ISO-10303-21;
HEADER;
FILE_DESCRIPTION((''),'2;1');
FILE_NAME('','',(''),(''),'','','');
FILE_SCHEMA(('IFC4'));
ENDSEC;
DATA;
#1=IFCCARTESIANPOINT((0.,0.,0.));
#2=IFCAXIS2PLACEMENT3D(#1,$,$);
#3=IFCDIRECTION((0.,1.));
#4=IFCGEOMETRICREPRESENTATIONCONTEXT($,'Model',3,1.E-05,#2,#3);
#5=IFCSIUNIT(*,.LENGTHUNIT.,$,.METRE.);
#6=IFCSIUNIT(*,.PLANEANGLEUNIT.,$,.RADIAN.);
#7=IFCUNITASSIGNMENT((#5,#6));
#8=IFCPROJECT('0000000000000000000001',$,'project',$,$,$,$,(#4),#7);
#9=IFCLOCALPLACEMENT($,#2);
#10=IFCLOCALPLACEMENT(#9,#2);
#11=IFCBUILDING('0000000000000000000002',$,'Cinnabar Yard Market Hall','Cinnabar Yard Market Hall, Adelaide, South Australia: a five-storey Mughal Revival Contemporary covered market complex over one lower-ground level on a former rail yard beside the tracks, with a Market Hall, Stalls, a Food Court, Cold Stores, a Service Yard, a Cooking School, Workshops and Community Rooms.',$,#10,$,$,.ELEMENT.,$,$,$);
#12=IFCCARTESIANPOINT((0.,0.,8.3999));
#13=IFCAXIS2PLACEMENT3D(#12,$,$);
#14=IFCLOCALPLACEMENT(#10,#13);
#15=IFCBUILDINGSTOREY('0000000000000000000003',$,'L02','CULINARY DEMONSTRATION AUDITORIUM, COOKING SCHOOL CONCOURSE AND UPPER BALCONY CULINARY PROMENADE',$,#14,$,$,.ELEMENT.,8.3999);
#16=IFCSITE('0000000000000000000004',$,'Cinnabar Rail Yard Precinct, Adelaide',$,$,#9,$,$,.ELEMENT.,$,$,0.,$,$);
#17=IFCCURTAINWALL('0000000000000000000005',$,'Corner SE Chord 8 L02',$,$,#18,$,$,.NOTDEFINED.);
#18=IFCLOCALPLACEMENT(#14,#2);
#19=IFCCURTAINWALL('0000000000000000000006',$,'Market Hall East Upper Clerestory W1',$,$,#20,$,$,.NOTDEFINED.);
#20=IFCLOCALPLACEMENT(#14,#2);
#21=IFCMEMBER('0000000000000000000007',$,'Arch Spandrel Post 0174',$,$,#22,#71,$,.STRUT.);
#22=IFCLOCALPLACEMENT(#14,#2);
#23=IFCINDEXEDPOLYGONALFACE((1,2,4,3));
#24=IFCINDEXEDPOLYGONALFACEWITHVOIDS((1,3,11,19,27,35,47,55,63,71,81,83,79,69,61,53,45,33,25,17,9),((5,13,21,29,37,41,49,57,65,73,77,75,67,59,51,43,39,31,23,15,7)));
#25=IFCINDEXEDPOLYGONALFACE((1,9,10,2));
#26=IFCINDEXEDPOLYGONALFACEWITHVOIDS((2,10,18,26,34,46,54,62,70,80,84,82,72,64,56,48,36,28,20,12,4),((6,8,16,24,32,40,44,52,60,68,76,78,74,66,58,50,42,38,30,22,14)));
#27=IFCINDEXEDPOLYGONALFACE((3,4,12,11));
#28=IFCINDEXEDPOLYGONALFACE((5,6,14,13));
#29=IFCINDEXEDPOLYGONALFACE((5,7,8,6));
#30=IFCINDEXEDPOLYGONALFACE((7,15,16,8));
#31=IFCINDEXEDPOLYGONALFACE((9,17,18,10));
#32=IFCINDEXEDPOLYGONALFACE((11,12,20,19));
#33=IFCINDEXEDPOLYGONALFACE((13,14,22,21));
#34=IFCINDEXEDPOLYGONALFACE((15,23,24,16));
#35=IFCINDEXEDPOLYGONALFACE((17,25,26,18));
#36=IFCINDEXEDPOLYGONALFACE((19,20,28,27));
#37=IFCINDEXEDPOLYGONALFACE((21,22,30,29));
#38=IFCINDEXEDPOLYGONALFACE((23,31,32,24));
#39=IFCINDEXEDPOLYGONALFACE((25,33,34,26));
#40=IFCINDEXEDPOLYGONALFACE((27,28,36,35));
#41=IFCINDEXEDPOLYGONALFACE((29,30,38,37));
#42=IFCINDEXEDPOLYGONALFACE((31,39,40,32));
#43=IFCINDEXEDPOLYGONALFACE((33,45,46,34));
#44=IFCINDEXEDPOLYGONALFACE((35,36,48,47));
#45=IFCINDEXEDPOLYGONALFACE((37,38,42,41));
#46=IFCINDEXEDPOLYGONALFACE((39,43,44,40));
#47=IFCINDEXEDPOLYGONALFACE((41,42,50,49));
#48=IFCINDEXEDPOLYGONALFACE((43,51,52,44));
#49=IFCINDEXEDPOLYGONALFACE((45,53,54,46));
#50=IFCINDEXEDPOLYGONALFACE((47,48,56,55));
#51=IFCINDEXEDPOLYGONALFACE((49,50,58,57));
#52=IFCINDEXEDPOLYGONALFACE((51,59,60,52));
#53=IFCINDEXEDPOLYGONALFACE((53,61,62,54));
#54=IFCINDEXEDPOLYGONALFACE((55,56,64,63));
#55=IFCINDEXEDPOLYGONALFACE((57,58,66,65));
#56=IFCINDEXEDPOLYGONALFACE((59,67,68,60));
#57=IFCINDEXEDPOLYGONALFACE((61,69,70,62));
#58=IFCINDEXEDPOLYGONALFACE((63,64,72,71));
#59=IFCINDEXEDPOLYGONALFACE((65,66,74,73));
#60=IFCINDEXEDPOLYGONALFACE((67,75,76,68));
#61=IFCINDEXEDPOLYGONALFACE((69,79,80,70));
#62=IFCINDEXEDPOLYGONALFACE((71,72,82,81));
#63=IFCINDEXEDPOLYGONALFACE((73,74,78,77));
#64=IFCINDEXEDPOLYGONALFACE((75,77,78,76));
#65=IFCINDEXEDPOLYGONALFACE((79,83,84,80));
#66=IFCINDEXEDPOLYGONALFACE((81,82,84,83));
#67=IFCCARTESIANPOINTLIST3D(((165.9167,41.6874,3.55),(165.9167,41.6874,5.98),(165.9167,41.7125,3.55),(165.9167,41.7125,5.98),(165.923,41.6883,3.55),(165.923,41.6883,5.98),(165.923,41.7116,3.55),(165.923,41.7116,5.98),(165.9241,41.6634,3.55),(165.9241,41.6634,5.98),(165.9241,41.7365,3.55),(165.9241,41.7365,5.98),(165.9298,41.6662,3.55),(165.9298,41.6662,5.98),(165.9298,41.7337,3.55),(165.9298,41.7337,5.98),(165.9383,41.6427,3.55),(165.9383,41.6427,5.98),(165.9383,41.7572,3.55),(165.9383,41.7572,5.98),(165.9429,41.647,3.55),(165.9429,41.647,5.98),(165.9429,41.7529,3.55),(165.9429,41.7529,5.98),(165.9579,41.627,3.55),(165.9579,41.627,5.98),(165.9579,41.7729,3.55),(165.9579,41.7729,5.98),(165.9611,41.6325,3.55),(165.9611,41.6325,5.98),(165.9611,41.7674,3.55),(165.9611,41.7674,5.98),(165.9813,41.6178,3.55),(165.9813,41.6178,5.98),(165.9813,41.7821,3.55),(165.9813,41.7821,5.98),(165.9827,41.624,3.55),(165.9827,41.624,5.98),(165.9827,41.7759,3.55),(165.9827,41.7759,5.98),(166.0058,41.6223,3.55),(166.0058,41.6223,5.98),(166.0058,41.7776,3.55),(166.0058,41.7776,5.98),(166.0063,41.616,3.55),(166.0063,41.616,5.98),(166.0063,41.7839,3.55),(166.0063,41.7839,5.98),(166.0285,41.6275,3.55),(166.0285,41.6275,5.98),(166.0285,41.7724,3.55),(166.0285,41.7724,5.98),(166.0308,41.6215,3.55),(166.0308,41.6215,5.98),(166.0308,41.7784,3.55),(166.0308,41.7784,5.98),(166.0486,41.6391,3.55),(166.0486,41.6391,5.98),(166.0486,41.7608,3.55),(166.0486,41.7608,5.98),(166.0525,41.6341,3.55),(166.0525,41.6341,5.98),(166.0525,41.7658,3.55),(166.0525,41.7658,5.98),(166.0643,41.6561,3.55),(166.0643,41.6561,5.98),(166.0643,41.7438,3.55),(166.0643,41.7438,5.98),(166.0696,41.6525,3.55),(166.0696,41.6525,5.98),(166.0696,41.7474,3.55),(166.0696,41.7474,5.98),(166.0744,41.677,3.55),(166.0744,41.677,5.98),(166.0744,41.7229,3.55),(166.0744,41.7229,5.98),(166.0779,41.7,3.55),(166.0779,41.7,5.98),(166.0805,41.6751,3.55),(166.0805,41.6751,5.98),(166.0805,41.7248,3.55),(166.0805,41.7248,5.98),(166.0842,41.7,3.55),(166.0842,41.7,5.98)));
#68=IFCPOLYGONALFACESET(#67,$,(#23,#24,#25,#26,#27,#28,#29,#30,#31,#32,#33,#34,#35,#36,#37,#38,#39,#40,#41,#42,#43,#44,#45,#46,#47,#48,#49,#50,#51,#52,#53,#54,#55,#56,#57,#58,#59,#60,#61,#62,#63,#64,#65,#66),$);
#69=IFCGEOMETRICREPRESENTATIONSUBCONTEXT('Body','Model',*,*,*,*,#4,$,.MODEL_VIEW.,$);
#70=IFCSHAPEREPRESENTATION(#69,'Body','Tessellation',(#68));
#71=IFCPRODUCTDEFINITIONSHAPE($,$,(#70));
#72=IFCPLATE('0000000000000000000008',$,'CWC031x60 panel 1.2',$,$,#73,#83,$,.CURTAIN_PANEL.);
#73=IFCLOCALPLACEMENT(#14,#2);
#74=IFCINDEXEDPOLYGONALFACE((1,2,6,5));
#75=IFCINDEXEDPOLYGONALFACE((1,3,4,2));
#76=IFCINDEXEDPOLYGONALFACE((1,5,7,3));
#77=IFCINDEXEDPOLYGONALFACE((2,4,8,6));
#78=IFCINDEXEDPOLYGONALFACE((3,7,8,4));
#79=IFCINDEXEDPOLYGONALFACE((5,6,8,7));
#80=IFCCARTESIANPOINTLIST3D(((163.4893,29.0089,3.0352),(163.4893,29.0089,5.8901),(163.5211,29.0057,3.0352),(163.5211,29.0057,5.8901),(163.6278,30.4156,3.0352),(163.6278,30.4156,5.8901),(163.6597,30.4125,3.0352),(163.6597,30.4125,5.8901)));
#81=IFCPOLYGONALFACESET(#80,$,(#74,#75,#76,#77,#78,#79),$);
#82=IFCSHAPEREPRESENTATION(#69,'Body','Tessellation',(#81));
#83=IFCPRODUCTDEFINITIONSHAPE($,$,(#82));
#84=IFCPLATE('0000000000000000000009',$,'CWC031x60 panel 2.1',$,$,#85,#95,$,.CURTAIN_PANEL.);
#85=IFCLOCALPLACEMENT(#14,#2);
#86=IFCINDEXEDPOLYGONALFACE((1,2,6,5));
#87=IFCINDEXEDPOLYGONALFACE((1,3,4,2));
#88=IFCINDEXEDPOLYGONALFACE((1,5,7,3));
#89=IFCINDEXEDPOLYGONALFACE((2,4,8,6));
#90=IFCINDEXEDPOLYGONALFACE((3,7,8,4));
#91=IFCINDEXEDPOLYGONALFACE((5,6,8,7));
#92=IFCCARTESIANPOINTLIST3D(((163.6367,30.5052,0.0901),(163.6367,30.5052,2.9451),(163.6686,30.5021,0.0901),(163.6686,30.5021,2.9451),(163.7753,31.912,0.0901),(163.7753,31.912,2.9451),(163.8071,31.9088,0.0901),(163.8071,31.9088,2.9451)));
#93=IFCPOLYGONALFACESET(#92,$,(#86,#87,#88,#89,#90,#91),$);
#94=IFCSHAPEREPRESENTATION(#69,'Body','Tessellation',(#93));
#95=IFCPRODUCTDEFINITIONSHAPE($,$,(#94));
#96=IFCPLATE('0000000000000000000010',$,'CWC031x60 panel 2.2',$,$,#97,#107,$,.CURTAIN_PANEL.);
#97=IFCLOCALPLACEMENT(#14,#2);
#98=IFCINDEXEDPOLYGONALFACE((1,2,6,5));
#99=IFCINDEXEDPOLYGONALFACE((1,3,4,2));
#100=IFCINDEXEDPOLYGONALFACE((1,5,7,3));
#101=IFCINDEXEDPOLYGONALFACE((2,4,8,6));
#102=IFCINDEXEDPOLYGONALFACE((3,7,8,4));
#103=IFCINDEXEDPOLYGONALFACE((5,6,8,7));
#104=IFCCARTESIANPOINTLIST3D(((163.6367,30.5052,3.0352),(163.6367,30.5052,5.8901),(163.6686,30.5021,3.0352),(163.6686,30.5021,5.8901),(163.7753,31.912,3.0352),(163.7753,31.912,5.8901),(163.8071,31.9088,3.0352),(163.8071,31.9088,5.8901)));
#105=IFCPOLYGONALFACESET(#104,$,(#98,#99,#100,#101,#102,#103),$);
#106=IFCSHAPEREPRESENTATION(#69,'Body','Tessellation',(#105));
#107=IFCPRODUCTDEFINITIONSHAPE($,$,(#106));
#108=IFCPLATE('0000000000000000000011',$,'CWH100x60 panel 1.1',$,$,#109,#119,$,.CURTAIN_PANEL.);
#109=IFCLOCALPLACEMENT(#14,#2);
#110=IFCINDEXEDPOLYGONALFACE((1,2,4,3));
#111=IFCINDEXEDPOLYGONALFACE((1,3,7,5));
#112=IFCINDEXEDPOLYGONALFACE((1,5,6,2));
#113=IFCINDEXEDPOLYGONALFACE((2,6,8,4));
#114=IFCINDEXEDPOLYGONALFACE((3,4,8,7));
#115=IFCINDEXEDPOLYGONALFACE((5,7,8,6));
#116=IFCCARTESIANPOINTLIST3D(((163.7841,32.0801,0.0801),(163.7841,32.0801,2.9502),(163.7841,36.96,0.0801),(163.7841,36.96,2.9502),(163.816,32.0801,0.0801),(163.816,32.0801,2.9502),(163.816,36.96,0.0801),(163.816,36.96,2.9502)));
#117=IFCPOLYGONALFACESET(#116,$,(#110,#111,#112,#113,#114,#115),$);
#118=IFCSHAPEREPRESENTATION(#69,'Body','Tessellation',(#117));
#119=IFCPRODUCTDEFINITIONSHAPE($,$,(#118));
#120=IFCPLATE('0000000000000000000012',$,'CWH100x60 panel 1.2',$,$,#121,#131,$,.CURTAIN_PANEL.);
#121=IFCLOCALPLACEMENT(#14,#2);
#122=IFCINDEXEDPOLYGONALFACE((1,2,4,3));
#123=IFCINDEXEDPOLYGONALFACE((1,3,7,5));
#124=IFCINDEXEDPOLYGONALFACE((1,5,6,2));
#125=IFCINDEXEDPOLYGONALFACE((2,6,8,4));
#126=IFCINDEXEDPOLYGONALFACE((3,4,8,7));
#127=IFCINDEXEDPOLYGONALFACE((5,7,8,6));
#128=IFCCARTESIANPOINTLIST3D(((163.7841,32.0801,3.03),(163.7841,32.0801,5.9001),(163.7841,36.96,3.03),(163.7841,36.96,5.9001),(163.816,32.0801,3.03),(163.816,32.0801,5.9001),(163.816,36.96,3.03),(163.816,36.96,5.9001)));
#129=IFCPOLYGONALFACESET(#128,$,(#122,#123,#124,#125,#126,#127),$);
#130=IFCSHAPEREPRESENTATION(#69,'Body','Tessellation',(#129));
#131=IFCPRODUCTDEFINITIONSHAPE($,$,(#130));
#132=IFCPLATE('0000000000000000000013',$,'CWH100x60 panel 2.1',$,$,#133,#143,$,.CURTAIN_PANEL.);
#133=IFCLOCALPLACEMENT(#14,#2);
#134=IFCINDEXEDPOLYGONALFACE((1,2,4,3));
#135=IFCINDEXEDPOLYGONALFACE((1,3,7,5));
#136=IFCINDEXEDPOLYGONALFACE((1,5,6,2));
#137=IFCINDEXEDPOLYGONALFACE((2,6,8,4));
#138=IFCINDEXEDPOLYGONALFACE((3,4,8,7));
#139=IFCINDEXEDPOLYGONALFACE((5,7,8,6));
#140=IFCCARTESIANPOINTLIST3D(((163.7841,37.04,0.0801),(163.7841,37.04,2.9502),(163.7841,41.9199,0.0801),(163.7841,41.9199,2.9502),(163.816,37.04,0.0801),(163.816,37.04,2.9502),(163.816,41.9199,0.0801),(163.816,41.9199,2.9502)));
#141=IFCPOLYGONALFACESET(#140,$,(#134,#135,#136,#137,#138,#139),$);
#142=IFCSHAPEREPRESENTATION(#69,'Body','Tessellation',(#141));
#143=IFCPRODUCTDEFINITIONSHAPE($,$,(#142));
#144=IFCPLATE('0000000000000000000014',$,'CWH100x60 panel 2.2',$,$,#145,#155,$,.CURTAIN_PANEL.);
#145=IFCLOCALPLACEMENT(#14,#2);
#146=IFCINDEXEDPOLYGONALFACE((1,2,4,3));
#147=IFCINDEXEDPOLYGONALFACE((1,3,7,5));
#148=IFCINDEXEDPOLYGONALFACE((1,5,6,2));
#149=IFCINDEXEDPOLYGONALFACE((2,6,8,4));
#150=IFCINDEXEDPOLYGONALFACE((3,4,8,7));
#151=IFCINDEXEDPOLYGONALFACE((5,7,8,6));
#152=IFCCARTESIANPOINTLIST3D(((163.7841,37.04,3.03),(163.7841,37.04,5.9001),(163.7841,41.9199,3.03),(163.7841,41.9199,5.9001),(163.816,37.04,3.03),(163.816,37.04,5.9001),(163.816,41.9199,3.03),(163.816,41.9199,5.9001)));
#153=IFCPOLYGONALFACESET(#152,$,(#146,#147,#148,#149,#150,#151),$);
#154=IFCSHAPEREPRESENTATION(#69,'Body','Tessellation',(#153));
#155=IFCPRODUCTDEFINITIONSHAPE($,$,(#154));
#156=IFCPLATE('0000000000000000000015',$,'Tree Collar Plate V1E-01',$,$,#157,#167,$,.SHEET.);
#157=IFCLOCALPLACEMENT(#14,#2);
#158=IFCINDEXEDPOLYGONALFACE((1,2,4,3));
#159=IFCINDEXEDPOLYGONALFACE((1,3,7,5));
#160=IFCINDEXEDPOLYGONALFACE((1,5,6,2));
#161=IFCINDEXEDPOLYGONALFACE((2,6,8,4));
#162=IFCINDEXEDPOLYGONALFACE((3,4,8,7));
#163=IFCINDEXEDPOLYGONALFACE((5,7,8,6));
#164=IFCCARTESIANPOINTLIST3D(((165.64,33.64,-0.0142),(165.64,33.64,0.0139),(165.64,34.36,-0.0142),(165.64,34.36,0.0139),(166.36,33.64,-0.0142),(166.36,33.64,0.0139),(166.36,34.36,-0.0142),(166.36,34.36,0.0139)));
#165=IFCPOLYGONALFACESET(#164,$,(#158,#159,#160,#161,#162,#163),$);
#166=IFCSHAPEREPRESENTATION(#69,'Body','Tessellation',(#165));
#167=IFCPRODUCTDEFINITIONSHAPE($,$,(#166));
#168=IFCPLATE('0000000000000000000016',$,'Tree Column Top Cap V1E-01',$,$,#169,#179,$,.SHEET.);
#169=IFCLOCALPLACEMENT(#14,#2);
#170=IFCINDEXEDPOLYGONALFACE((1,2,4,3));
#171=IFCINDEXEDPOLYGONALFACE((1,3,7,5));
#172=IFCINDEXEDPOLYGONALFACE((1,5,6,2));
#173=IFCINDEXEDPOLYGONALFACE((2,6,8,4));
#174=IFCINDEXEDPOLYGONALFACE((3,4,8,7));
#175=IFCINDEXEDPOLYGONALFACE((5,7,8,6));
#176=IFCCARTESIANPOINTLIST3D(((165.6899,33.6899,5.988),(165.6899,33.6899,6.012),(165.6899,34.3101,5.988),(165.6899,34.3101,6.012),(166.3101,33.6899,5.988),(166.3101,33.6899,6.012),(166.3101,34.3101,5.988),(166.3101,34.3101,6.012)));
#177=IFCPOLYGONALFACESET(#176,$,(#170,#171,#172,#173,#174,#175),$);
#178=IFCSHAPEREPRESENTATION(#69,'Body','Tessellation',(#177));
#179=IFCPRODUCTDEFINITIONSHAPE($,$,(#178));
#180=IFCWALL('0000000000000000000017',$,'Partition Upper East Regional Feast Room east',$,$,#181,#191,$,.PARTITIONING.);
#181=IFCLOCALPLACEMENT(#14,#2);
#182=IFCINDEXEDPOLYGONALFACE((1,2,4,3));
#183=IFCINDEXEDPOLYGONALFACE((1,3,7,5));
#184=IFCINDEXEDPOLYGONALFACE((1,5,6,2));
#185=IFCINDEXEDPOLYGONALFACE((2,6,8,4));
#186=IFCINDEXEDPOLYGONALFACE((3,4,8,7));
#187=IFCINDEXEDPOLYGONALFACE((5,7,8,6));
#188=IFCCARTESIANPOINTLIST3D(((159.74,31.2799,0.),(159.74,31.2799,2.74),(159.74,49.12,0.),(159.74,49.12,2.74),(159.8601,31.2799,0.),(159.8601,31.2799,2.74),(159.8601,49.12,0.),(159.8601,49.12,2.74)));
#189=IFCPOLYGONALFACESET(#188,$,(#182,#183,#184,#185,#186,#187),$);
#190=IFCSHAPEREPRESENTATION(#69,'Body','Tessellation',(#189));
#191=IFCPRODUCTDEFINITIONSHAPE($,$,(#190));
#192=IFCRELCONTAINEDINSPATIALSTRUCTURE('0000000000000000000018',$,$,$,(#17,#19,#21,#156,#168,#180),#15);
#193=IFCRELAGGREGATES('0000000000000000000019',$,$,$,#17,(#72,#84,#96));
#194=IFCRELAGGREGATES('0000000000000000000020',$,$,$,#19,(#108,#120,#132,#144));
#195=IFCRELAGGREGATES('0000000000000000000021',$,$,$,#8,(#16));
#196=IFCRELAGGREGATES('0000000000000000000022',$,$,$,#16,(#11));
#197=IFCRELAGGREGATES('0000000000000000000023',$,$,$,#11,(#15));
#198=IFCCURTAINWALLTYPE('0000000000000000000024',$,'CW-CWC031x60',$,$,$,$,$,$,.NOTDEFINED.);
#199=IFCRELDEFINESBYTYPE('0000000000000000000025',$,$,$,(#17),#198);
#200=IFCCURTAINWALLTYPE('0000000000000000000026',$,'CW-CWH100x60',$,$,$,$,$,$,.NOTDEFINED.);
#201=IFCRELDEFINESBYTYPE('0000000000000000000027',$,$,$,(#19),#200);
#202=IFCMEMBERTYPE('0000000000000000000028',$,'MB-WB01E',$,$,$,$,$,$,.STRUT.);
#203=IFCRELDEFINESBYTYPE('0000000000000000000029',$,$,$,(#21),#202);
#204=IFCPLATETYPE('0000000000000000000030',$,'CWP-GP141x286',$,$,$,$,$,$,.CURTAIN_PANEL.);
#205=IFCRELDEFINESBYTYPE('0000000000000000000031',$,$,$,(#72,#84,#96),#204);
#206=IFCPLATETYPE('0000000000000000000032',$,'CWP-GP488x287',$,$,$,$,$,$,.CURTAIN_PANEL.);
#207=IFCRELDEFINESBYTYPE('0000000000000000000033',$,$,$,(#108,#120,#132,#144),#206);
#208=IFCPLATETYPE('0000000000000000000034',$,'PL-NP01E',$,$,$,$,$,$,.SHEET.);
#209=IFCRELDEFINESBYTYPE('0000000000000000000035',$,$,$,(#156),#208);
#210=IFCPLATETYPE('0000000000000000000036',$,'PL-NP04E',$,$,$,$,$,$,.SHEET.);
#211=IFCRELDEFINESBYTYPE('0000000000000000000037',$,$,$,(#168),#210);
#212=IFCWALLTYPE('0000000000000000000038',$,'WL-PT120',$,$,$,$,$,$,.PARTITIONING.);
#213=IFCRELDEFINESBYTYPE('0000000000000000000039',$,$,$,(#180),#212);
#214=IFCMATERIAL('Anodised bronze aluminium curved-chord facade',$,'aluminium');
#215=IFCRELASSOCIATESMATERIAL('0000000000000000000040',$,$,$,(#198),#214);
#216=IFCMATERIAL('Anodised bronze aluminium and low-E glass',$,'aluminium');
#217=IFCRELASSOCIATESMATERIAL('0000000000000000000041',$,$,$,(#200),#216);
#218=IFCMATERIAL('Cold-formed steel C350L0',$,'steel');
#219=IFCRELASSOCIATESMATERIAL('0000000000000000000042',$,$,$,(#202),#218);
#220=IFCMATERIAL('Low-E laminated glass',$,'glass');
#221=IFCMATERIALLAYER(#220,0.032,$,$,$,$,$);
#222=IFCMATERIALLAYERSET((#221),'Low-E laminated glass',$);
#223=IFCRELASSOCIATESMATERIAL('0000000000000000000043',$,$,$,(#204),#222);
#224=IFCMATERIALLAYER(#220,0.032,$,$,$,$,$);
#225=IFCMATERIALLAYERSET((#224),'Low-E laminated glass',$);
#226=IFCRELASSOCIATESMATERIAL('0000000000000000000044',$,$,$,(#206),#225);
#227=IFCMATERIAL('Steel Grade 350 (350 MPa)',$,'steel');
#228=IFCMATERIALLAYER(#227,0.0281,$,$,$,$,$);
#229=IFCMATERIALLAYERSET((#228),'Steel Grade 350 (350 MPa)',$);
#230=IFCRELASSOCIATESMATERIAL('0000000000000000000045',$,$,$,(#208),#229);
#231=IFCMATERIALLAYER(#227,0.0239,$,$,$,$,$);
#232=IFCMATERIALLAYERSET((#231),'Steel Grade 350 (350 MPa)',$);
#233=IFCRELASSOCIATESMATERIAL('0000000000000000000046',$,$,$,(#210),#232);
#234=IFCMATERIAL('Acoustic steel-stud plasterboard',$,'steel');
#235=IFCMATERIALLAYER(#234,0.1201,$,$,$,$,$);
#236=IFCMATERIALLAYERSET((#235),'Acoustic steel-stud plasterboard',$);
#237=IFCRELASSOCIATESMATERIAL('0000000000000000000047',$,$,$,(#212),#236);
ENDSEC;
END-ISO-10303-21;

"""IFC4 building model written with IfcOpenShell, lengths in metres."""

from ifc_helpers import new_model, si_unit, direction, frame, frame_2d, origin, origin_2d_with_axis, place, context, subcontext, project, spatial, rectangle, hollow_circle, extrude, material, layer, layer_set, material_profile, profile_set, type_object, element, aggregate, save


model = new_model("IFC4")

# Units and contexts
model_context = context("Model", 3, precision=1e-05, world=origin(), true_north=direction((0.0, 1.0)))
body_context = subcontext(model_context, "Body", "Model", "MODEL_VIEW")
ifc_project = project(units=[si_unit("LENGTHUNIT", "METRE"), si_unit("PLANEANGLEUNIT", "RADIAN")], contexts=[model_context])

# Site, building, storey
site_placement = place(None, origin())
site = spatial("IfcSite", under=ifc_project, at=site_placement, Name="Cinnabar Rail Yard Precinct, Adelaide", CompositionType="ELEMENT", RefElevation=0.0)
building_placement = place(site_placement, origin())
building = spatial("IfcBuilding", under=site, at=building_placement, Name="Cinnabar Yard Market Hall", Description="Cinnabar Yard Market Hall, Adelaide, South Australia: a five-storey Mughal Revival Contemporary covered market complex over one lower-ground level on a former rail yard beside the tracks, with a Market Hall, Stalls, a Food Court, Cold Stores, a Service Yard, a Cooking School, Workshops and Community Rooms.", CompositionType="ELEMENT")
storey_placement = place(building_placement, frame((0.0, 0.0, 8.3999)))
storey = spatial("IfcBuildingStorey", under=building, at=storey_placement, Name="L02", Description="CULINARY DEMONSTRATION AUDITORIUM, COOKING SCHOOL CONCOURSE AND UPPER BALCONY CULINARY PROMENADE", CompositionType="ELEMENT", Elevation=8.3999)

# Curtain walls
ifc_material_1 = material(Name="Anodised bronze aluminium curved-chord facade", Category="aluminium")
curtain_wall_type_1 = type_object("IfcCurtainWallType", Name="CW-CWC031x60", PredefinedType="NOTDEFINED", material=ifc_material_1)
curtain_wall_1_placement = place(storey_placement, origin())
curtain_wall_1 = element("IfcCurtainWall", 1, at=curtain_wall_1_placement, inside=storey, type_object=curtain_wall_type_1, Name="Corner SE Chord 8 L02", PredefinedType="NOTDEFINED")
ifc_material_2 = material(Name="Anodised bronze aluminium and low-E glass", Category="aluminium")
curtain_wall_type_2 = type_object("IfcCurtainWallType", Name="CW-CWH100x60", PredefinedType="NOTDEFINED", material=ifc_material_2)
curtain_wall_2_placement = place(storey_placement, origin())
curtain_wall_2 = element("IfcCurtainWall", 2, at=curtain_wall_2_placement, inside=storey, type_object=curtain_wall_type_2, Name="Market Hall East Upper Clerestory W1", PredefinedType="NOTDEFINED")

# Member
ifc_material_3 = material(Name="Cold-formed steel C350L0", Category="steel")
ifc_material_profile_1 = material_profile(ifc_material_3, hollow_circle(Radius=0.0842, WallThickness=0.0063, at=origin_2d_with_axis()), Name="168.3x6.4CHS")
ifc_profile_set_1 = profile_set([ifc_material_profile_1], Name="Cold-formed steel C350L0")
member_type_1 = type_object("IfcMemberType", Name="MB-WB01E", PredefinedType="STRUT", material=ifc_profile_set_1)
for number, where, z_axis, x_axis, name in (
    (3, (166.0, 41.7, 3.55), (0.0, 0.0, 1.0), (1.0, 0.0, 0.0), "Arch Spandrel Post 0174"),
):
    element("IfcMember", number, at=place(storey_placement, frame(where, z_axis=z_axis, x_axis=x_axis)), inside=storey, type_object=member_type_1, Name=name, PredefinedType="STRUT", context=body_context, shape_type="SweptSolid", body=[
        extrude(hollow_circle(Radius=0.0842, WallThickness=0.0063, at=origin_2d_with_axis()), origin(), (0.0, 0.0, 1.0), 2.4299),
    ])

# Plates
ifc_material_4 = material(Name="Low-E laminated glass", Category="glass")
ifc_layer_1 = layer(ifc_material_4, 0.032)
ifc_layer_set_1 = layer_set([ifc_layer_1], Name="Low-E laminated glass")
plate_type_1 = type_object("IfcPlateType", Name="CWP-GP141x286", PredefinedType="CURTAIN_PANEL", material=ifc_layer_set_1)
plate_1_placement = place(storey_placement, frame((163.5745, 29.7107, 3.0352), z_axis=(0.0, 0.0, 1.0), x_axis=(0.09802, 0.995184, 0.0)))
plate_1 = element("IfcPlate", 4, at=plate_1_placement, type_object=plate_type_1, Name="CWC031x60 panel 1.2", PredefinedType="CURTAIN_PANEL", context=body_context, shape_type="SweptSolid", body=[
    extrude(rectangle(XDim=1.4136, YDim=0.032, at=origin_2d_with_axis()), origin(), (0.0, 0.0, 1.0), 2.855),
])
plate_2_placement = place(storey_placement, frame((163.7219, 31.207, 0.0901), z_axis=(0.0, 0.0, 1.0), x_axis=(0.09802, 0.995184, 0.0)))
plate_2 = element("IfcPlate", 5, at=plate_2_placement, type_object=plate_type_1, Name="CWC031x60 panel 2.1", PredefinedType="CURTAIN_PANEL", context=body_context, shape_type="SweptSolid", body=[
    extrude(rectangle(XDim=1.4136, YDim=0.032, at=origin_2d_with_axis()), origin(), (0.0, 0.0, 1.0), 2.855),
])
plate_3_placement = place(storey_placement, frame((163.7219, 31.207, 3.0352), z_axis=(0.0, 0.0, 1.0), x_axis=(0.09802, 0.995184, 0.0)))
plate_3 = element("IfcPlate", 6, at=plate_3_placement, type_object=plate_type_1, Name="CWC031x60 panel 2.2", PredefinedType="CURTAIN_PANEL", context=body_context, shape_type="SweptSolid", body=[
    extrude(rectangle(XDim=1.4136, YDim=0.032, at=origin_2d_with_axis()), origin(), (0.0, 0.0, 1.0), 2.855),
])
aggregate(curtain_wall_1, [plate_1, plate_2, plate_3])
ifc_layer_2 = layer(ifc_material_4, 0.032)
ifc_layer_set_2 = layer_set([ifc_layer_2], Name="Low-E laminated glass")
plate_type_2 = type_object("IfcPlateType", Name="CWP-GP488x287", PredefinedType="CURTAIN_PANEL", material=ifc_layer_set_2)
plate_4_placement = place(storey_placement, frame((163.8, 34.52, 0.0801), z_axis=(0.0, 0.0, 1.0), x_axis=(0.0, 1.0, 0.0)))
plate_4 = element("IfcPlate", 7, at=plate_4_placement, type_object=plate_type_2, Name="CWH100x60 panel 1.1", PredefinedType="CURTAIN_PANEL", context=body_context, shape_type="SweptSolid", body=[
    extrude(rectangle(XDim=4.8799, YDim=0.032, at=origin_2d_with_axis()), origin(), (0.0, 0.0, 1.0), 2.8701),
])
plate_5_placement = place(storey_placement, frame((163.8, 34.52, 3.03), z_axis=(0.0, 0.0, 1.0), x_axis=(0.0, 1.0, 0.0)))
plate_5 = element("IfcPlate", 8, at=plate_5_placement, type_object=plate_type_2, Name="CWH100x60 panel 1.2", PredefinedType="CURTAIN_PANEL", context=body_context, shape_type="SweptSolid", body=[
    extrude(rectangle(XDim=4.8799, YDim=0.032, at=origin_2d_with_axis()), origin(), (0.0, 0.0, 1.0), 2.8701),
])
plate_6_placement = place(storey_placement, frame((163.8, 39.48, 0.0801), z_axis=(0.0, 0.0, 1.0), x_axis=(0.0, 1.0, 0.0)))
plate_6 = element("IfcPlate", 9, at=plate_6_placement, type_object=plate_type_2, Name="CWH100x60 panel 2.1", PredefinedType="CURTAIN_PANEL", context=body_context, shape_type="SweptSolid", body=[
    extrude(rectangle(XDim=4.8799, YDim=0.032, at=origin_2d_with_axis()), origin(), (0.0, 0.0, 1.0), 2.8701),
])
plate_7_placement = place(storey_placement, frame((163.8, 39.48, 3.03), z_axis=(0.0, 0.0, 1.0), x_axis=(0.0, 1.0, 0.0)))
plate_7 = element("IfcPlate", 10, at=plate_7_placement, type_object=plate_type_2, Name="CWH100x60 panel 2.2", PredefinedType="CURTAIN_PANEL", context=body_context, shape_type="SweptSolid", body=[
    extrude(rectangle(XDim=4.8799, YDim=0.032, at=origin_2d_with_axis()), origin(), (0.0, 0.0, 1.0), 2.8701),
])
aggregate(curtain_wall_2, [plate_4, plate_5, plate_6, plate_7])

# Plates
ifc_material_5 = material(Name="Steel Grade 350 (350 MPa)", Category="steel")
ifc_layer_3 = layer(ifc_material_5, 0.0281)
ifc_layer_set_3 = layer_set([ifc_layer_3], Name="Steel Grade 350 (350 MPa)")
plate_type_3 = type_object("IfcPlateType", Name="PL-NP01E", PredefinedType="SHEET", material=ifc_layer_set_3)
plate_8_placement = place(storey_placement, frame((166.0, 34.0, -0.0142), z_axis=(0.0, 0.0, 1.0), x_axis=(1.0, 0.0, 0.0)))
element("IfcPlate", 11, at=plate_8_placement, inside=storey, type_object=plate_type_3, Name="Tree Collar Plate V1E-01", PredefinedType="SHEET", context=body_context, shape_type="SweptSolid", body=[
    extrude(rectangle(XDim=0.72, YDim=0.72, at=origin_2d_with_axis()), origin(), (0.0, 0.0, 1.0), 0.0281),
])
ifc_layer_4 = layer(ifc_material_5, 0.0239)
ifc_layer_set_4 = layer_set([ifc_layer_4], Name="Steel Grade 350 (350 MPa)")
plate_type_4 = type_object("IfcPlateType", Name="PL-NP04E", PredefinedType="SHEET", material=ifc_layer_set_4)
plate_9_placement = place(storey_placement, frame((166.0, 34.0, 5.988), z_axis=(0.0, 0.0, 1.0), x_axis=(1.0, 0.0, 0.0)))
element("IfcPlate", 12, at=plate_9_placement, inside=storey, type_object=plate_type_4, Name="Tree Column Top Cap V1E-01", PredefinedType="SHEET", context=body_context, shape_type="SweptSolid", body=[
    extrude(rectangle(XDim=0.6201, YDim=0.6201, at=origin_2d_with_axis()), origin(), (0.0, 0.0, 1.0), 0.0239),
])

# Wall
ifc_material_6 = material(Name="Acoustic steel-stud plasterboard", Category="steel")
ifc_layer_5 = layer(ifc_material_6, 0.1201)
ifc_layer_set_5 = layer_set([ifc_layer_5], Name="Acoustic steel-stud plasterboard")
wall_type_1 = type_object("IfcWallType", Name="WL-PT120", PredefinedType="PARTITIONING", material=ifc_layer_set_5)
wall_1_placement = place(storey_placement, frame((159.8, 31.28, 0.0), z_axis=(0.0, 0.0, 1.0), x_axis=(0.0, 1.0, 0.0)))
element("IfcWall", 13, at=wall_1_placement, inside=storey, type_object=wall_type_1, Name="Partition Upper East Regional Feast Room east", PredefinedType="PARTITIONING", context=body_context, shape_type="SweptSolid", body=[
    extrude(rectangle(XDim=17.8401, YDim=0.1201, at=frame_2d((8.9199, 0.0), x_axis=(1.0, 0.0))), origin(), (0.0, 0.0, 1.0), 2.74),
])

save(model, "model.ifc")
